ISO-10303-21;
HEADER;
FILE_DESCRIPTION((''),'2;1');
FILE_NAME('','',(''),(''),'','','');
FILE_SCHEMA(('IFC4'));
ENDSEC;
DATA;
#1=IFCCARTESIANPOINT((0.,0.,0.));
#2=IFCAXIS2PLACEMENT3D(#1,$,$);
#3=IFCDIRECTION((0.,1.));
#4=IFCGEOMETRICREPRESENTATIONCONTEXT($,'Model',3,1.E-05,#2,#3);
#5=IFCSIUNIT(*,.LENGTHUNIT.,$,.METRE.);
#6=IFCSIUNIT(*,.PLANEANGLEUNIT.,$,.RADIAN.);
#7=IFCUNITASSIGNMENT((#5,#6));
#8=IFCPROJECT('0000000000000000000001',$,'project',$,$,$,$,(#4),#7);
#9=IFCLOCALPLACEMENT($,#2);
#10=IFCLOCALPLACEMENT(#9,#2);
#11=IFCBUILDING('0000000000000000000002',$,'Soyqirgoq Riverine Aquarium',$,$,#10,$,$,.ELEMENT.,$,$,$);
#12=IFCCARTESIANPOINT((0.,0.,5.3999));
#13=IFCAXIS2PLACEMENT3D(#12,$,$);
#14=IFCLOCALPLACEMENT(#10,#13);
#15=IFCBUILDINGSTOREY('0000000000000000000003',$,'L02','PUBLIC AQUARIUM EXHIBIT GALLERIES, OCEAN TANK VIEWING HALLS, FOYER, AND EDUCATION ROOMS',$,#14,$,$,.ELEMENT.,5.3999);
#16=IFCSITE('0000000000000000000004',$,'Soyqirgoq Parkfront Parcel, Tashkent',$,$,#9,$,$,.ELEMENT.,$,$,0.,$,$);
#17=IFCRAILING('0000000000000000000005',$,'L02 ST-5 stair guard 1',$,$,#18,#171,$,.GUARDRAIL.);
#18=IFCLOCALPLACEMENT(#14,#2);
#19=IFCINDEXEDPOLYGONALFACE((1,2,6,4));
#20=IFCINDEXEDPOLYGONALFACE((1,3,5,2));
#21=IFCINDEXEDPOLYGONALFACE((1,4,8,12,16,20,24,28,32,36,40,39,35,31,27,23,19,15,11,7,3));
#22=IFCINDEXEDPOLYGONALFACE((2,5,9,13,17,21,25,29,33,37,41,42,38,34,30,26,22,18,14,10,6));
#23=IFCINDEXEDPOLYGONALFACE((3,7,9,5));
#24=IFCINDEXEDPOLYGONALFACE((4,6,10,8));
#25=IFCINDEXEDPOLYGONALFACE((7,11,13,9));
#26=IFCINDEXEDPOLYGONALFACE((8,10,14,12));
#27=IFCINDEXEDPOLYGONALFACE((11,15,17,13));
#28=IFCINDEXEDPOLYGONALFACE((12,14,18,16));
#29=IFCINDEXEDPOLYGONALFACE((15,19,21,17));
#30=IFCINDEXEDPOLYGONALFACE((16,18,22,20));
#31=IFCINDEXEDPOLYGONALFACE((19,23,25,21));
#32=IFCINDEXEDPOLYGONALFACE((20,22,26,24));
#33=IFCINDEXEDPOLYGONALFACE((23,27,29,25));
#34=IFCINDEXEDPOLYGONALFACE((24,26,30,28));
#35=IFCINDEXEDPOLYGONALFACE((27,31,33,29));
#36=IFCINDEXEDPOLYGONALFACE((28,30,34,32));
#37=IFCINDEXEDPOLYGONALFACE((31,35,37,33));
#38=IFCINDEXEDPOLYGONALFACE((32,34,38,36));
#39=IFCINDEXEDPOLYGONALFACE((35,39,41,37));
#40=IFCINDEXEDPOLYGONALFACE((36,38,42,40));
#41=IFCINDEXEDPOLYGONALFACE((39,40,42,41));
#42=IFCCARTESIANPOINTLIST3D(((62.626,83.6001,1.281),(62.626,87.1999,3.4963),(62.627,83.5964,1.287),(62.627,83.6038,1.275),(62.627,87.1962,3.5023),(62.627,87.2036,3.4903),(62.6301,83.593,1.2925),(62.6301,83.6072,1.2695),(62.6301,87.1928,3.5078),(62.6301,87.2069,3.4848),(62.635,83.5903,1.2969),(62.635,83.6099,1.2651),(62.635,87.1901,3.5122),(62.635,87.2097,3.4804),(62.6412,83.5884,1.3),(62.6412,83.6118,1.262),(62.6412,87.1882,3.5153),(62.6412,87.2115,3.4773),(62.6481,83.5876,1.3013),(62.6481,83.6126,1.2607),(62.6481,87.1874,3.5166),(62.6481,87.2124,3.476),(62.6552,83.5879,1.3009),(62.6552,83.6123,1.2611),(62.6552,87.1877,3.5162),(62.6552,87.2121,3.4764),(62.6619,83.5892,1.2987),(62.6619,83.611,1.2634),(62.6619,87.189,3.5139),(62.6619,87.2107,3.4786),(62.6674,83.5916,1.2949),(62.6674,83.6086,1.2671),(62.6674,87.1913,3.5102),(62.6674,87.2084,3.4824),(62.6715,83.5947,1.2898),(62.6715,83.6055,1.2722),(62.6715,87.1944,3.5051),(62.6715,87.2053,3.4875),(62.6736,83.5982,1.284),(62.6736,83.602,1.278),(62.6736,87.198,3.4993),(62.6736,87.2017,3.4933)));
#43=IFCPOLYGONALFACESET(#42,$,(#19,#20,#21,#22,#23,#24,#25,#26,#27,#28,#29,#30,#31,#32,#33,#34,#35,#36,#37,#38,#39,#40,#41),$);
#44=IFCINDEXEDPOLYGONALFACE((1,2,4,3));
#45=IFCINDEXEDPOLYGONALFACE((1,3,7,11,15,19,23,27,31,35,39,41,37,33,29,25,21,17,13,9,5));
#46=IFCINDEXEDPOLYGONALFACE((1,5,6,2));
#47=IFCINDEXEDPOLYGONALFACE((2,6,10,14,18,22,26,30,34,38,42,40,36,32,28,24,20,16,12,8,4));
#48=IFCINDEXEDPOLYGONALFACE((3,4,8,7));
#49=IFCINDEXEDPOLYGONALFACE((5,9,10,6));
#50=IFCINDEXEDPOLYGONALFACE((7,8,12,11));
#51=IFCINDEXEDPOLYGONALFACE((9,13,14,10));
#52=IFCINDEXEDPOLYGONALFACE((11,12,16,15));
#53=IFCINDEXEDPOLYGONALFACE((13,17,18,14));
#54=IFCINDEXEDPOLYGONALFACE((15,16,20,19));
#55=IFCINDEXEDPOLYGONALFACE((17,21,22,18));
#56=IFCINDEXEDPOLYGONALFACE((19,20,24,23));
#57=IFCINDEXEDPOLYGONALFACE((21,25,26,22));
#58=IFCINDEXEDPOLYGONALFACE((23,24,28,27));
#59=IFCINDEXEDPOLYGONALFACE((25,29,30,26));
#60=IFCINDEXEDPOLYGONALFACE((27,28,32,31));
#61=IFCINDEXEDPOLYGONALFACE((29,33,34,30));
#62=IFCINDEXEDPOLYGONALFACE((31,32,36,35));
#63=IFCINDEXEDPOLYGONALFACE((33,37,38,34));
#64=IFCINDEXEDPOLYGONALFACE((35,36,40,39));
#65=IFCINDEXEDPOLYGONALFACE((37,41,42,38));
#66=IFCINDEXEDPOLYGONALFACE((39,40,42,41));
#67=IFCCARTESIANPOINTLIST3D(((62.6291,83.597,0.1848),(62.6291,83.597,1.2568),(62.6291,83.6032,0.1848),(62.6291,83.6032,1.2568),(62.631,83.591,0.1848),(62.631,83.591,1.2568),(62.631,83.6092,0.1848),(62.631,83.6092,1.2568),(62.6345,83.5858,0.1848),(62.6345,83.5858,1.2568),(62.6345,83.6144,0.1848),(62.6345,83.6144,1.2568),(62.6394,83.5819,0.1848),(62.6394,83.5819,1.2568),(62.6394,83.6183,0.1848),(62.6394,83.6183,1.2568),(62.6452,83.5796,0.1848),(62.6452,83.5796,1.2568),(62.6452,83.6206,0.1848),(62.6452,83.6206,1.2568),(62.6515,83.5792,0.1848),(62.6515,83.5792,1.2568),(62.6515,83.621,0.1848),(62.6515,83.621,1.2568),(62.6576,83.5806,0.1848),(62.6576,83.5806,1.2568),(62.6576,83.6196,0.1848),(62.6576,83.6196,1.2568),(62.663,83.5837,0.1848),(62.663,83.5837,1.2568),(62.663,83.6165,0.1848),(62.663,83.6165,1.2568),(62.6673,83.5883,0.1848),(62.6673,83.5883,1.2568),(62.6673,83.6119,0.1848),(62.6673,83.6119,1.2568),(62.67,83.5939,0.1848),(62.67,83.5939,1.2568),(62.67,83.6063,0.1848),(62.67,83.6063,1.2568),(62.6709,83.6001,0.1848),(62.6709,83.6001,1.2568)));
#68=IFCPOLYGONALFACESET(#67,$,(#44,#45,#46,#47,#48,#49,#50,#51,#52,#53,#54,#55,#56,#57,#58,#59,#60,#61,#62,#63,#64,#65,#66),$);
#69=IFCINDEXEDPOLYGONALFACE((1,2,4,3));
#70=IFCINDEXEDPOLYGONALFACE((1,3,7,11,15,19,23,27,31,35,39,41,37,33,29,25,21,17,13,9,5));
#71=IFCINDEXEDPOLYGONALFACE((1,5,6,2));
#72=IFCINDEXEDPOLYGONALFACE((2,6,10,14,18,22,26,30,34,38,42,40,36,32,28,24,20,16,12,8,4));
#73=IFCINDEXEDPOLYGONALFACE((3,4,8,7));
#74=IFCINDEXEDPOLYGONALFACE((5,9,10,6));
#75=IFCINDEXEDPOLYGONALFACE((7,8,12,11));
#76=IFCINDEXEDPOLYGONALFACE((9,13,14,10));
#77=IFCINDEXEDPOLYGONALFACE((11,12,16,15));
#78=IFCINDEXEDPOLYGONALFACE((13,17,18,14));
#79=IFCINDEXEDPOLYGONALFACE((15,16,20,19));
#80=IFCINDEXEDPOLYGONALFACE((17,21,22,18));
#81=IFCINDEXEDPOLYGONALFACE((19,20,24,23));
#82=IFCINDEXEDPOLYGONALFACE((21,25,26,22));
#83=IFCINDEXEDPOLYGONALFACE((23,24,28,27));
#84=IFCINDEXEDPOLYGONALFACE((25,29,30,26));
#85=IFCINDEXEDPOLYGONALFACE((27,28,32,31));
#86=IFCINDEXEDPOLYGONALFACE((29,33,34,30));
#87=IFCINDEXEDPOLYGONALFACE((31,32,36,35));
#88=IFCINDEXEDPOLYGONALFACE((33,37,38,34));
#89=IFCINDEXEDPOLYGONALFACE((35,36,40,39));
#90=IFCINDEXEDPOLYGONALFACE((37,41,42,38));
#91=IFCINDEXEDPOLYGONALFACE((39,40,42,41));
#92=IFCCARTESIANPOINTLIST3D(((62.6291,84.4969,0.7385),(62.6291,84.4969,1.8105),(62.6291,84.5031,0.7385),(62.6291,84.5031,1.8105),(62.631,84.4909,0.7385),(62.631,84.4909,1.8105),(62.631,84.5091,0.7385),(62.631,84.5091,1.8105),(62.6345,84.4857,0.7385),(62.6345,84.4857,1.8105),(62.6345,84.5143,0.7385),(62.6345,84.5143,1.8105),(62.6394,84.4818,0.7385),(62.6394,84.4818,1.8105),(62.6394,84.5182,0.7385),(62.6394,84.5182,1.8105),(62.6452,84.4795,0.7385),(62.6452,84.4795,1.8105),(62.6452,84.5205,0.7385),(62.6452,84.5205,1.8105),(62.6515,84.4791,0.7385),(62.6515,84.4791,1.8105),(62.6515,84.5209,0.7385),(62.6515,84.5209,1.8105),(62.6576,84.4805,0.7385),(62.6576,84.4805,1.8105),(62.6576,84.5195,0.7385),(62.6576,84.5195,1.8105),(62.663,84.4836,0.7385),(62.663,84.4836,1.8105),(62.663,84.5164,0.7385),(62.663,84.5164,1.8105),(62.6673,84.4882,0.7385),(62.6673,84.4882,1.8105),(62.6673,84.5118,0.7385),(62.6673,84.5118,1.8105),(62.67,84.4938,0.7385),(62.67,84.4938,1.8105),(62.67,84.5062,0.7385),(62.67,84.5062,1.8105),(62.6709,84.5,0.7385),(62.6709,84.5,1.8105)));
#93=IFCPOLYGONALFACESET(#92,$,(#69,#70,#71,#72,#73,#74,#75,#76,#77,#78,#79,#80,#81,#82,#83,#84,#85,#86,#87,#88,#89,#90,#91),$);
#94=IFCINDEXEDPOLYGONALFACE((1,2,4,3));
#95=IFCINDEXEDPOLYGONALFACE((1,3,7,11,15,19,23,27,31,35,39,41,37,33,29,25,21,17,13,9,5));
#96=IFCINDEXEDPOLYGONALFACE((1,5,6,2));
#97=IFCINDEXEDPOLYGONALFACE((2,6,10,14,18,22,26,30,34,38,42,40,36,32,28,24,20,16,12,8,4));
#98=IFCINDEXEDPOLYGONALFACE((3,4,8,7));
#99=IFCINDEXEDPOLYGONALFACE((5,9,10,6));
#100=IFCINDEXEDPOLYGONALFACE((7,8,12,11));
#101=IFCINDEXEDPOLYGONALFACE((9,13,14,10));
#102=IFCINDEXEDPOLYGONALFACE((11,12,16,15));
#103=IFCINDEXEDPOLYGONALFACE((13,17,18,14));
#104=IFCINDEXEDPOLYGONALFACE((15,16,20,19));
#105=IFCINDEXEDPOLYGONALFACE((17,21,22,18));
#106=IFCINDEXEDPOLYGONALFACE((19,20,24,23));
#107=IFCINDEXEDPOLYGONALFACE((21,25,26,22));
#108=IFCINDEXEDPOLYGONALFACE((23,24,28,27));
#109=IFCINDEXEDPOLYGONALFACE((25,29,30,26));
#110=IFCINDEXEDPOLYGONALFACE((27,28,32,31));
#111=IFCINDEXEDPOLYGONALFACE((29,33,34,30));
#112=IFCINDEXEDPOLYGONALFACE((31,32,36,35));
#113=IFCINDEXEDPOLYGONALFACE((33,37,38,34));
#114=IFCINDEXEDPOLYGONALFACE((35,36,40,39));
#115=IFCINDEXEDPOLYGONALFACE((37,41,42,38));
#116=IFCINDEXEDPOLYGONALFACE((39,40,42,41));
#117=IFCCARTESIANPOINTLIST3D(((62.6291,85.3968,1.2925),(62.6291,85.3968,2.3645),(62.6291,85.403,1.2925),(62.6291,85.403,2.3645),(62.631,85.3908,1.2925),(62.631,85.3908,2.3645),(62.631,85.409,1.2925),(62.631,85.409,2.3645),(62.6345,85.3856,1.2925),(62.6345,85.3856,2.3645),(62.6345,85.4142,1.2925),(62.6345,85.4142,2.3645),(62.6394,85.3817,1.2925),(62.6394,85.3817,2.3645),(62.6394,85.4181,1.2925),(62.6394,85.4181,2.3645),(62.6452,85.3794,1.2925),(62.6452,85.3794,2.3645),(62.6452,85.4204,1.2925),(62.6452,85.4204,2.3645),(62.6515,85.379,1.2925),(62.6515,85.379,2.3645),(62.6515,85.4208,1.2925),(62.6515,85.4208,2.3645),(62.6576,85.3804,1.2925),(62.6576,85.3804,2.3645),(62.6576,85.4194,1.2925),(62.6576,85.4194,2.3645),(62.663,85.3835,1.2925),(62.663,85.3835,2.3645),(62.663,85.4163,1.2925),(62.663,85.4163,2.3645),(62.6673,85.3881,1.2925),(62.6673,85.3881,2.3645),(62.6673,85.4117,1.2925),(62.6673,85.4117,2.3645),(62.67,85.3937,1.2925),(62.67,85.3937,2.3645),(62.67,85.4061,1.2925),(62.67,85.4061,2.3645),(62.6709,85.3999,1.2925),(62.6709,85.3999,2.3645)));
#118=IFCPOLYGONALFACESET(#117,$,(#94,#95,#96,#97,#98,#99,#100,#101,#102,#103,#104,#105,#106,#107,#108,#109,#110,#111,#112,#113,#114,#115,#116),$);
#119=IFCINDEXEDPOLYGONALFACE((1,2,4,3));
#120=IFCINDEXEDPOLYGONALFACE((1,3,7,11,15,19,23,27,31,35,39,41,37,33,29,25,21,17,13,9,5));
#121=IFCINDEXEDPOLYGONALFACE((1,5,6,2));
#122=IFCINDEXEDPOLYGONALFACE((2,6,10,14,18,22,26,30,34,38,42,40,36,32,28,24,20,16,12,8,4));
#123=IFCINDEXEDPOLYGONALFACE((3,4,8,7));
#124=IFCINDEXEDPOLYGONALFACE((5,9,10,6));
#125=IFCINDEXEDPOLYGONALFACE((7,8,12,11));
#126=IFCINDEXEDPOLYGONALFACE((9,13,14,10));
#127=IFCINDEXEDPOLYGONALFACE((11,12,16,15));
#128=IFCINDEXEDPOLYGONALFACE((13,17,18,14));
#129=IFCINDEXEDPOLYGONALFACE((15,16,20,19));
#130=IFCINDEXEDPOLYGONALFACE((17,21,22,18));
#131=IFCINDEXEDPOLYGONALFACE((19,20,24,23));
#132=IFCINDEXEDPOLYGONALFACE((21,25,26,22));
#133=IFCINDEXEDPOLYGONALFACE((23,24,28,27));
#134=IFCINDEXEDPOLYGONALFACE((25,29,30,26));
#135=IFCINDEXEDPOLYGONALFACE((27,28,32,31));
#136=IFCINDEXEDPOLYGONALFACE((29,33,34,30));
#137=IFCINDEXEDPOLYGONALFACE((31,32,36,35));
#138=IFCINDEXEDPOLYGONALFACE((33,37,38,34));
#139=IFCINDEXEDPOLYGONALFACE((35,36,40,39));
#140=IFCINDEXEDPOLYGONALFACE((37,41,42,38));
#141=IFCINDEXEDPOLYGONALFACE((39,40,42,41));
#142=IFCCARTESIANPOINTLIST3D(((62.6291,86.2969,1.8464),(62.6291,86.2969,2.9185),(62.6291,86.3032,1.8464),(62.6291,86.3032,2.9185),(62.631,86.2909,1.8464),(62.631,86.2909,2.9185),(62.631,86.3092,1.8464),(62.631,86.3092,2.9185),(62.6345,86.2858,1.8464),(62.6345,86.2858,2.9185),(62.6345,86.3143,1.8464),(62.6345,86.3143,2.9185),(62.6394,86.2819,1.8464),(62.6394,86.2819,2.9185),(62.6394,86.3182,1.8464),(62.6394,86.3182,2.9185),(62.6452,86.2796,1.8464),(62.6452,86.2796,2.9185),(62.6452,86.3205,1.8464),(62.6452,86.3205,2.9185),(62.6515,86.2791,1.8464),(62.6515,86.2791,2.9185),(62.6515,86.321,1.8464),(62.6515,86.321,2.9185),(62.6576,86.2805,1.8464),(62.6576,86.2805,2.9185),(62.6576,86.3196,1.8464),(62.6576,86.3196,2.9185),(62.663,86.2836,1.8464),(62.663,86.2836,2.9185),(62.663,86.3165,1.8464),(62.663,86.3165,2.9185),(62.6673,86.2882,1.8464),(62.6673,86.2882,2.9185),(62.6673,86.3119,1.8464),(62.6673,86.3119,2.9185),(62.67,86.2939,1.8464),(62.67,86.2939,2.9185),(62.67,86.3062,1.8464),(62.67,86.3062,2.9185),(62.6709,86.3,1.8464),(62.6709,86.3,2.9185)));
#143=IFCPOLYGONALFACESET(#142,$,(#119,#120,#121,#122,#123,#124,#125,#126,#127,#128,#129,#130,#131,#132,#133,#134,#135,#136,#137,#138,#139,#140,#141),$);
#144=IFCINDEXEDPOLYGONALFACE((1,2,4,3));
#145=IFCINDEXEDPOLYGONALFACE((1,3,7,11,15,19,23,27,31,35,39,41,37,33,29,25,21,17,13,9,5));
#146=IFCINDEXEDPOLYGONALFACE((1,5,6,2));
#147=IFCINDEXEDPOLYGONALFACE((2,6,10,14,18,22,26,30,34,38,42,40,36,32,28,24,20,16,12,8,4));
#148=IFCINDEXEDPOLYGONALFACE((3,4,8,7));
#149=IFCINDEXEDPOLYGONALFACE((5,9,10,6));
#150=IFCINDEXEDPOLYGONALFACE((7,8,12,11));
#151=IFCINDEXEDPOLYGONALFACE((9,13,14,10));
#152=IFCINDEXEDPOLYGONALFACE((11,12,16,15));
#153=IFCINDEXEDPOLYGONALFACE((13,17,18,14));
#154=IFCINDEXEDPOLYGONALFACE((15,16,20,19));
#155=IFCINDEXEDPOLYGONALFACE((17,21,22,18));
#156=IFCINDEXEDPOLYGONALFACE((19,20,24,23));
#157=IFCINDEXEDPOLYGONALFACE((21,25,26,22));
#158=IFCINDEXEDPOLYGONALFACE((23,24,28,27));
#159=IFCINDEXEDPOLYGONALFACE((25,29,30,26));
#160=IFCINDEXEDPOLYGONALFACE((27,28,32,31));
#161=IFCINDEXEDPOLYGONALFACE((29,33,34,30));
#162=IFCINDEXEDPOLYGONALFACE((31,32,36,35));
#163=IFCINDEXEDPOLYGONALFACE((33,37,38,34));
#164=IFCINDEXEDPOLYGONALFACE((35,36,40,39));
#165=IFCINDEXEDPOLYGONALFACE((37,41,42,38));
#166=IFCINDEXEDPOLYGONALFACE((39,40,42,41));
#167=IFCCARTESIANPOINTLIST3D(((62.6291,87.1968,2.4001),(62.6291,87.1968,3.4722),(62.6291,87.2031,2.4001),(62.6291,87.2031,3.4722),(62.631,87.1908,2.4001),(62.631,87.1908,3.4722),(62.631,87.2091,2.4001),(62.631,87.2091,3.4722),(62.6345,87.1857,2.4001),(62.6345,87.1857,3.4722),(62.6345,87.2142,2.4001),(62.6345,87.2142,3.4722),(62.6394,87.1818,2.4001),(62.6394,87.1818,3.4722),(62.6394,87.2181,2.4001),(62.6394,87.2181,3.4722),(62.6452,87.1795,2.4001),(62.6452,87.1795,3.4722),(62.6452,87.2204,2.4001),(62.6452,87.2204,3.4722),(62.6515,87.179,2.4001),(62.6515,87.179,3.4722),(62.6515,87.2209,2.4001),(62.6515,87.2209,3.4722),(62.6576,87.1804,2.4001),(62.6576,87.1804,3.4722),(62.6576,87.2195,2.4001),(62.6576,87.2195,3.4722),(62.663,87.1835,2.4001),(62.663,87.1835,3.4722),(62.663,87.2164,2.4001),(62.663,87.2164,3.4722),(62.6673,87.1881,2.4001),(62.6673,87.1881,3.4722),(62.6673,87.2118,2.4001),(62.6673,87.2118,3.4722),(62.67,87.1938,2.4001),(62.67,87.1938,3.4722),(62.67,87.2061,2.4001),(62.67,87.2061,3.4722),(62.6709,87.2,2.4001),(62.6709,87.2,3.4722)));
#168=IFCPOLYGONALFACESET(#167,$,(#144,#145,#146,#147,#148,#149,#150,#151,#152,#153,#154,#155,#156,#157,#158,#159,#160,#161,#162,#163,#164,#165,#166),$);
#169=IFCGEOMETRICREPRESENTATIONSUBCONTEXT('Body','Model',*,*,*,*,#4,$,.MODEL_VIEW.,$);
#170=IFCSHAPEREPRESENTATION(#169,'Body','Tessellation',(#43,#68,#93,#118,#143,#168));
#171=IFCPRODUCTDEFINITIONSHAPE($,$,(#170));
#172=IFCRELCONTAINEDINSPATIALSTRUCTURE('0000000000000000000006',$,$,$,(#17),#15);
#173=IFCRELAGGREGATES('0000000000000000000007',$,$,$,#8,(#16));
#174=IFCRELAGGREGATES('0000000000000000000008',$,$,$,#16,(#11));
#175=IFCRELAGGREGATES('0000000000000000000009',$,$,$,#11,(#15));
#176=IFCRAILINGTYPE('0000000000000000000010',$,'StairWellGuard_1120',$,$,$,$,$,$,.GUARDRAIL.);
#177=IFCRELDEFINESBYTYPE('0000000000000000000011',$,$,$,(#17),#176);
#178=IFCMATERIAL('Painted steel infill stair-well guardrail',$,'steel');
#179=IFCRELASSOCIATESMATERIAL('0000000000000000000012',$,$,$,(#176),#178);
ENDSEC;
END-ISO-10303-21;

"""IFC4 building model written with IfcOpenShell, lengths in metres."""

from ifc_helpers import new_model, si_unit, direction, frame, origin, origin_2d, place, context, subcontext, project, spatial, circle, extrude, material, type_object, element, save


model = new_model("IFC4")

# Units and contexts
model_context = context("Model", 3, precision=1e-05, world=origin(), true_north=direction((0.0, 1.0)))
body_context = subcontext(model_context, "Body", "Model", "MODEL_VIEW")
ifc_project = project(units=[si_unit("LENGTHUNIT", "METRE"), si_unit("PLANEANGLEUNIT", "RADIAN")], contexts=[model_context])

# Site, building, storey
site_placement = place(None, origin())
site = spatial("IfcSite", under=ifc_project, at=site_placement, Name="Soyqirgoq Parkfront Parcel, Tashkent", CompositionType="ELEMENT", RefElevation=0.0)
building_placement = place(site_placement, origin())
building = spatial("IfcBuilding", under=site, at=building_placement, Name="Soyqirgoq Riverine Aquarium", CompositionType="ELEMENT")
storey_placement = place(building_placement, frame((0.0, 0.0, 5.3999)))
storey = spatial("IfcBuildingStorey", under=building, at=storey_placement, Name="L02", Description="PUBLIC AQUARIUM EXHIBIT GALLERIES, OCEAN TANK VIEWING HALLS, FOYER, AND EDUCATION ROOMS", CompositionType="ELEMENT", Elevation=5.3999)

# Railing
ifc_material_1 = material(Name="Painted steel infill stair-well guardrail", Category="steel")
railing_type_1 = type_object("IfcRailingType", Name="StairWellGuard_1120", PredefinedType="GUARDRAIL", material=ifc_material_1)
railing_1_placement = place(storey_placement, frame((62.6499, 83.6001, 0.1848)))
element("IfcRailing", 1, at=railing_1_placement, inside=storey, type_object=railing_type_1, Name="L02 ST-5 stair guard 1", PredefinedType="GUARDRAIL", context=body_context, shape_type="SweptSolid", body=[
    extrude(circle(Radius=0.0239, at=origin_2d()), frame((0.0, 0.0, 1.0962), z_axis=(0.0, 0.851654, 0.524104), x_axis=(-1.0, 0.0, 0.0)), (0.0, 0.0, 1.0), 4.2268),
    extrude(circle(Radius=0.021, at=origin_2d()), origin(), (0.0, 0.0, 1.0), 1.072),
    extrude(circle(Radius=0.021, at=origin_2d()), frame((0.0, 0.8999, 0.5537)), (0.0, 0.0, 1.0), 1.072),
    extrude(circle(Radius=0.021, at=origin_2d()), frame((0.0, 1.7998, 1.1077)), (0.0, 0.0, 1.0), 1.072),
    extrude(circle(Radius=0.021, at=origin_2d()), frame((0.0, 2.7, 1.6616)), (0.0, 0.0, 1.0), 1.072),
    extrude(circle(Radius=0.021, at=origin_2d()), frame((0.0, 3.5999, 2.2153)), (0.0, 0.0, 1.0), 1.072),
])

save(model, "model.ifc")
